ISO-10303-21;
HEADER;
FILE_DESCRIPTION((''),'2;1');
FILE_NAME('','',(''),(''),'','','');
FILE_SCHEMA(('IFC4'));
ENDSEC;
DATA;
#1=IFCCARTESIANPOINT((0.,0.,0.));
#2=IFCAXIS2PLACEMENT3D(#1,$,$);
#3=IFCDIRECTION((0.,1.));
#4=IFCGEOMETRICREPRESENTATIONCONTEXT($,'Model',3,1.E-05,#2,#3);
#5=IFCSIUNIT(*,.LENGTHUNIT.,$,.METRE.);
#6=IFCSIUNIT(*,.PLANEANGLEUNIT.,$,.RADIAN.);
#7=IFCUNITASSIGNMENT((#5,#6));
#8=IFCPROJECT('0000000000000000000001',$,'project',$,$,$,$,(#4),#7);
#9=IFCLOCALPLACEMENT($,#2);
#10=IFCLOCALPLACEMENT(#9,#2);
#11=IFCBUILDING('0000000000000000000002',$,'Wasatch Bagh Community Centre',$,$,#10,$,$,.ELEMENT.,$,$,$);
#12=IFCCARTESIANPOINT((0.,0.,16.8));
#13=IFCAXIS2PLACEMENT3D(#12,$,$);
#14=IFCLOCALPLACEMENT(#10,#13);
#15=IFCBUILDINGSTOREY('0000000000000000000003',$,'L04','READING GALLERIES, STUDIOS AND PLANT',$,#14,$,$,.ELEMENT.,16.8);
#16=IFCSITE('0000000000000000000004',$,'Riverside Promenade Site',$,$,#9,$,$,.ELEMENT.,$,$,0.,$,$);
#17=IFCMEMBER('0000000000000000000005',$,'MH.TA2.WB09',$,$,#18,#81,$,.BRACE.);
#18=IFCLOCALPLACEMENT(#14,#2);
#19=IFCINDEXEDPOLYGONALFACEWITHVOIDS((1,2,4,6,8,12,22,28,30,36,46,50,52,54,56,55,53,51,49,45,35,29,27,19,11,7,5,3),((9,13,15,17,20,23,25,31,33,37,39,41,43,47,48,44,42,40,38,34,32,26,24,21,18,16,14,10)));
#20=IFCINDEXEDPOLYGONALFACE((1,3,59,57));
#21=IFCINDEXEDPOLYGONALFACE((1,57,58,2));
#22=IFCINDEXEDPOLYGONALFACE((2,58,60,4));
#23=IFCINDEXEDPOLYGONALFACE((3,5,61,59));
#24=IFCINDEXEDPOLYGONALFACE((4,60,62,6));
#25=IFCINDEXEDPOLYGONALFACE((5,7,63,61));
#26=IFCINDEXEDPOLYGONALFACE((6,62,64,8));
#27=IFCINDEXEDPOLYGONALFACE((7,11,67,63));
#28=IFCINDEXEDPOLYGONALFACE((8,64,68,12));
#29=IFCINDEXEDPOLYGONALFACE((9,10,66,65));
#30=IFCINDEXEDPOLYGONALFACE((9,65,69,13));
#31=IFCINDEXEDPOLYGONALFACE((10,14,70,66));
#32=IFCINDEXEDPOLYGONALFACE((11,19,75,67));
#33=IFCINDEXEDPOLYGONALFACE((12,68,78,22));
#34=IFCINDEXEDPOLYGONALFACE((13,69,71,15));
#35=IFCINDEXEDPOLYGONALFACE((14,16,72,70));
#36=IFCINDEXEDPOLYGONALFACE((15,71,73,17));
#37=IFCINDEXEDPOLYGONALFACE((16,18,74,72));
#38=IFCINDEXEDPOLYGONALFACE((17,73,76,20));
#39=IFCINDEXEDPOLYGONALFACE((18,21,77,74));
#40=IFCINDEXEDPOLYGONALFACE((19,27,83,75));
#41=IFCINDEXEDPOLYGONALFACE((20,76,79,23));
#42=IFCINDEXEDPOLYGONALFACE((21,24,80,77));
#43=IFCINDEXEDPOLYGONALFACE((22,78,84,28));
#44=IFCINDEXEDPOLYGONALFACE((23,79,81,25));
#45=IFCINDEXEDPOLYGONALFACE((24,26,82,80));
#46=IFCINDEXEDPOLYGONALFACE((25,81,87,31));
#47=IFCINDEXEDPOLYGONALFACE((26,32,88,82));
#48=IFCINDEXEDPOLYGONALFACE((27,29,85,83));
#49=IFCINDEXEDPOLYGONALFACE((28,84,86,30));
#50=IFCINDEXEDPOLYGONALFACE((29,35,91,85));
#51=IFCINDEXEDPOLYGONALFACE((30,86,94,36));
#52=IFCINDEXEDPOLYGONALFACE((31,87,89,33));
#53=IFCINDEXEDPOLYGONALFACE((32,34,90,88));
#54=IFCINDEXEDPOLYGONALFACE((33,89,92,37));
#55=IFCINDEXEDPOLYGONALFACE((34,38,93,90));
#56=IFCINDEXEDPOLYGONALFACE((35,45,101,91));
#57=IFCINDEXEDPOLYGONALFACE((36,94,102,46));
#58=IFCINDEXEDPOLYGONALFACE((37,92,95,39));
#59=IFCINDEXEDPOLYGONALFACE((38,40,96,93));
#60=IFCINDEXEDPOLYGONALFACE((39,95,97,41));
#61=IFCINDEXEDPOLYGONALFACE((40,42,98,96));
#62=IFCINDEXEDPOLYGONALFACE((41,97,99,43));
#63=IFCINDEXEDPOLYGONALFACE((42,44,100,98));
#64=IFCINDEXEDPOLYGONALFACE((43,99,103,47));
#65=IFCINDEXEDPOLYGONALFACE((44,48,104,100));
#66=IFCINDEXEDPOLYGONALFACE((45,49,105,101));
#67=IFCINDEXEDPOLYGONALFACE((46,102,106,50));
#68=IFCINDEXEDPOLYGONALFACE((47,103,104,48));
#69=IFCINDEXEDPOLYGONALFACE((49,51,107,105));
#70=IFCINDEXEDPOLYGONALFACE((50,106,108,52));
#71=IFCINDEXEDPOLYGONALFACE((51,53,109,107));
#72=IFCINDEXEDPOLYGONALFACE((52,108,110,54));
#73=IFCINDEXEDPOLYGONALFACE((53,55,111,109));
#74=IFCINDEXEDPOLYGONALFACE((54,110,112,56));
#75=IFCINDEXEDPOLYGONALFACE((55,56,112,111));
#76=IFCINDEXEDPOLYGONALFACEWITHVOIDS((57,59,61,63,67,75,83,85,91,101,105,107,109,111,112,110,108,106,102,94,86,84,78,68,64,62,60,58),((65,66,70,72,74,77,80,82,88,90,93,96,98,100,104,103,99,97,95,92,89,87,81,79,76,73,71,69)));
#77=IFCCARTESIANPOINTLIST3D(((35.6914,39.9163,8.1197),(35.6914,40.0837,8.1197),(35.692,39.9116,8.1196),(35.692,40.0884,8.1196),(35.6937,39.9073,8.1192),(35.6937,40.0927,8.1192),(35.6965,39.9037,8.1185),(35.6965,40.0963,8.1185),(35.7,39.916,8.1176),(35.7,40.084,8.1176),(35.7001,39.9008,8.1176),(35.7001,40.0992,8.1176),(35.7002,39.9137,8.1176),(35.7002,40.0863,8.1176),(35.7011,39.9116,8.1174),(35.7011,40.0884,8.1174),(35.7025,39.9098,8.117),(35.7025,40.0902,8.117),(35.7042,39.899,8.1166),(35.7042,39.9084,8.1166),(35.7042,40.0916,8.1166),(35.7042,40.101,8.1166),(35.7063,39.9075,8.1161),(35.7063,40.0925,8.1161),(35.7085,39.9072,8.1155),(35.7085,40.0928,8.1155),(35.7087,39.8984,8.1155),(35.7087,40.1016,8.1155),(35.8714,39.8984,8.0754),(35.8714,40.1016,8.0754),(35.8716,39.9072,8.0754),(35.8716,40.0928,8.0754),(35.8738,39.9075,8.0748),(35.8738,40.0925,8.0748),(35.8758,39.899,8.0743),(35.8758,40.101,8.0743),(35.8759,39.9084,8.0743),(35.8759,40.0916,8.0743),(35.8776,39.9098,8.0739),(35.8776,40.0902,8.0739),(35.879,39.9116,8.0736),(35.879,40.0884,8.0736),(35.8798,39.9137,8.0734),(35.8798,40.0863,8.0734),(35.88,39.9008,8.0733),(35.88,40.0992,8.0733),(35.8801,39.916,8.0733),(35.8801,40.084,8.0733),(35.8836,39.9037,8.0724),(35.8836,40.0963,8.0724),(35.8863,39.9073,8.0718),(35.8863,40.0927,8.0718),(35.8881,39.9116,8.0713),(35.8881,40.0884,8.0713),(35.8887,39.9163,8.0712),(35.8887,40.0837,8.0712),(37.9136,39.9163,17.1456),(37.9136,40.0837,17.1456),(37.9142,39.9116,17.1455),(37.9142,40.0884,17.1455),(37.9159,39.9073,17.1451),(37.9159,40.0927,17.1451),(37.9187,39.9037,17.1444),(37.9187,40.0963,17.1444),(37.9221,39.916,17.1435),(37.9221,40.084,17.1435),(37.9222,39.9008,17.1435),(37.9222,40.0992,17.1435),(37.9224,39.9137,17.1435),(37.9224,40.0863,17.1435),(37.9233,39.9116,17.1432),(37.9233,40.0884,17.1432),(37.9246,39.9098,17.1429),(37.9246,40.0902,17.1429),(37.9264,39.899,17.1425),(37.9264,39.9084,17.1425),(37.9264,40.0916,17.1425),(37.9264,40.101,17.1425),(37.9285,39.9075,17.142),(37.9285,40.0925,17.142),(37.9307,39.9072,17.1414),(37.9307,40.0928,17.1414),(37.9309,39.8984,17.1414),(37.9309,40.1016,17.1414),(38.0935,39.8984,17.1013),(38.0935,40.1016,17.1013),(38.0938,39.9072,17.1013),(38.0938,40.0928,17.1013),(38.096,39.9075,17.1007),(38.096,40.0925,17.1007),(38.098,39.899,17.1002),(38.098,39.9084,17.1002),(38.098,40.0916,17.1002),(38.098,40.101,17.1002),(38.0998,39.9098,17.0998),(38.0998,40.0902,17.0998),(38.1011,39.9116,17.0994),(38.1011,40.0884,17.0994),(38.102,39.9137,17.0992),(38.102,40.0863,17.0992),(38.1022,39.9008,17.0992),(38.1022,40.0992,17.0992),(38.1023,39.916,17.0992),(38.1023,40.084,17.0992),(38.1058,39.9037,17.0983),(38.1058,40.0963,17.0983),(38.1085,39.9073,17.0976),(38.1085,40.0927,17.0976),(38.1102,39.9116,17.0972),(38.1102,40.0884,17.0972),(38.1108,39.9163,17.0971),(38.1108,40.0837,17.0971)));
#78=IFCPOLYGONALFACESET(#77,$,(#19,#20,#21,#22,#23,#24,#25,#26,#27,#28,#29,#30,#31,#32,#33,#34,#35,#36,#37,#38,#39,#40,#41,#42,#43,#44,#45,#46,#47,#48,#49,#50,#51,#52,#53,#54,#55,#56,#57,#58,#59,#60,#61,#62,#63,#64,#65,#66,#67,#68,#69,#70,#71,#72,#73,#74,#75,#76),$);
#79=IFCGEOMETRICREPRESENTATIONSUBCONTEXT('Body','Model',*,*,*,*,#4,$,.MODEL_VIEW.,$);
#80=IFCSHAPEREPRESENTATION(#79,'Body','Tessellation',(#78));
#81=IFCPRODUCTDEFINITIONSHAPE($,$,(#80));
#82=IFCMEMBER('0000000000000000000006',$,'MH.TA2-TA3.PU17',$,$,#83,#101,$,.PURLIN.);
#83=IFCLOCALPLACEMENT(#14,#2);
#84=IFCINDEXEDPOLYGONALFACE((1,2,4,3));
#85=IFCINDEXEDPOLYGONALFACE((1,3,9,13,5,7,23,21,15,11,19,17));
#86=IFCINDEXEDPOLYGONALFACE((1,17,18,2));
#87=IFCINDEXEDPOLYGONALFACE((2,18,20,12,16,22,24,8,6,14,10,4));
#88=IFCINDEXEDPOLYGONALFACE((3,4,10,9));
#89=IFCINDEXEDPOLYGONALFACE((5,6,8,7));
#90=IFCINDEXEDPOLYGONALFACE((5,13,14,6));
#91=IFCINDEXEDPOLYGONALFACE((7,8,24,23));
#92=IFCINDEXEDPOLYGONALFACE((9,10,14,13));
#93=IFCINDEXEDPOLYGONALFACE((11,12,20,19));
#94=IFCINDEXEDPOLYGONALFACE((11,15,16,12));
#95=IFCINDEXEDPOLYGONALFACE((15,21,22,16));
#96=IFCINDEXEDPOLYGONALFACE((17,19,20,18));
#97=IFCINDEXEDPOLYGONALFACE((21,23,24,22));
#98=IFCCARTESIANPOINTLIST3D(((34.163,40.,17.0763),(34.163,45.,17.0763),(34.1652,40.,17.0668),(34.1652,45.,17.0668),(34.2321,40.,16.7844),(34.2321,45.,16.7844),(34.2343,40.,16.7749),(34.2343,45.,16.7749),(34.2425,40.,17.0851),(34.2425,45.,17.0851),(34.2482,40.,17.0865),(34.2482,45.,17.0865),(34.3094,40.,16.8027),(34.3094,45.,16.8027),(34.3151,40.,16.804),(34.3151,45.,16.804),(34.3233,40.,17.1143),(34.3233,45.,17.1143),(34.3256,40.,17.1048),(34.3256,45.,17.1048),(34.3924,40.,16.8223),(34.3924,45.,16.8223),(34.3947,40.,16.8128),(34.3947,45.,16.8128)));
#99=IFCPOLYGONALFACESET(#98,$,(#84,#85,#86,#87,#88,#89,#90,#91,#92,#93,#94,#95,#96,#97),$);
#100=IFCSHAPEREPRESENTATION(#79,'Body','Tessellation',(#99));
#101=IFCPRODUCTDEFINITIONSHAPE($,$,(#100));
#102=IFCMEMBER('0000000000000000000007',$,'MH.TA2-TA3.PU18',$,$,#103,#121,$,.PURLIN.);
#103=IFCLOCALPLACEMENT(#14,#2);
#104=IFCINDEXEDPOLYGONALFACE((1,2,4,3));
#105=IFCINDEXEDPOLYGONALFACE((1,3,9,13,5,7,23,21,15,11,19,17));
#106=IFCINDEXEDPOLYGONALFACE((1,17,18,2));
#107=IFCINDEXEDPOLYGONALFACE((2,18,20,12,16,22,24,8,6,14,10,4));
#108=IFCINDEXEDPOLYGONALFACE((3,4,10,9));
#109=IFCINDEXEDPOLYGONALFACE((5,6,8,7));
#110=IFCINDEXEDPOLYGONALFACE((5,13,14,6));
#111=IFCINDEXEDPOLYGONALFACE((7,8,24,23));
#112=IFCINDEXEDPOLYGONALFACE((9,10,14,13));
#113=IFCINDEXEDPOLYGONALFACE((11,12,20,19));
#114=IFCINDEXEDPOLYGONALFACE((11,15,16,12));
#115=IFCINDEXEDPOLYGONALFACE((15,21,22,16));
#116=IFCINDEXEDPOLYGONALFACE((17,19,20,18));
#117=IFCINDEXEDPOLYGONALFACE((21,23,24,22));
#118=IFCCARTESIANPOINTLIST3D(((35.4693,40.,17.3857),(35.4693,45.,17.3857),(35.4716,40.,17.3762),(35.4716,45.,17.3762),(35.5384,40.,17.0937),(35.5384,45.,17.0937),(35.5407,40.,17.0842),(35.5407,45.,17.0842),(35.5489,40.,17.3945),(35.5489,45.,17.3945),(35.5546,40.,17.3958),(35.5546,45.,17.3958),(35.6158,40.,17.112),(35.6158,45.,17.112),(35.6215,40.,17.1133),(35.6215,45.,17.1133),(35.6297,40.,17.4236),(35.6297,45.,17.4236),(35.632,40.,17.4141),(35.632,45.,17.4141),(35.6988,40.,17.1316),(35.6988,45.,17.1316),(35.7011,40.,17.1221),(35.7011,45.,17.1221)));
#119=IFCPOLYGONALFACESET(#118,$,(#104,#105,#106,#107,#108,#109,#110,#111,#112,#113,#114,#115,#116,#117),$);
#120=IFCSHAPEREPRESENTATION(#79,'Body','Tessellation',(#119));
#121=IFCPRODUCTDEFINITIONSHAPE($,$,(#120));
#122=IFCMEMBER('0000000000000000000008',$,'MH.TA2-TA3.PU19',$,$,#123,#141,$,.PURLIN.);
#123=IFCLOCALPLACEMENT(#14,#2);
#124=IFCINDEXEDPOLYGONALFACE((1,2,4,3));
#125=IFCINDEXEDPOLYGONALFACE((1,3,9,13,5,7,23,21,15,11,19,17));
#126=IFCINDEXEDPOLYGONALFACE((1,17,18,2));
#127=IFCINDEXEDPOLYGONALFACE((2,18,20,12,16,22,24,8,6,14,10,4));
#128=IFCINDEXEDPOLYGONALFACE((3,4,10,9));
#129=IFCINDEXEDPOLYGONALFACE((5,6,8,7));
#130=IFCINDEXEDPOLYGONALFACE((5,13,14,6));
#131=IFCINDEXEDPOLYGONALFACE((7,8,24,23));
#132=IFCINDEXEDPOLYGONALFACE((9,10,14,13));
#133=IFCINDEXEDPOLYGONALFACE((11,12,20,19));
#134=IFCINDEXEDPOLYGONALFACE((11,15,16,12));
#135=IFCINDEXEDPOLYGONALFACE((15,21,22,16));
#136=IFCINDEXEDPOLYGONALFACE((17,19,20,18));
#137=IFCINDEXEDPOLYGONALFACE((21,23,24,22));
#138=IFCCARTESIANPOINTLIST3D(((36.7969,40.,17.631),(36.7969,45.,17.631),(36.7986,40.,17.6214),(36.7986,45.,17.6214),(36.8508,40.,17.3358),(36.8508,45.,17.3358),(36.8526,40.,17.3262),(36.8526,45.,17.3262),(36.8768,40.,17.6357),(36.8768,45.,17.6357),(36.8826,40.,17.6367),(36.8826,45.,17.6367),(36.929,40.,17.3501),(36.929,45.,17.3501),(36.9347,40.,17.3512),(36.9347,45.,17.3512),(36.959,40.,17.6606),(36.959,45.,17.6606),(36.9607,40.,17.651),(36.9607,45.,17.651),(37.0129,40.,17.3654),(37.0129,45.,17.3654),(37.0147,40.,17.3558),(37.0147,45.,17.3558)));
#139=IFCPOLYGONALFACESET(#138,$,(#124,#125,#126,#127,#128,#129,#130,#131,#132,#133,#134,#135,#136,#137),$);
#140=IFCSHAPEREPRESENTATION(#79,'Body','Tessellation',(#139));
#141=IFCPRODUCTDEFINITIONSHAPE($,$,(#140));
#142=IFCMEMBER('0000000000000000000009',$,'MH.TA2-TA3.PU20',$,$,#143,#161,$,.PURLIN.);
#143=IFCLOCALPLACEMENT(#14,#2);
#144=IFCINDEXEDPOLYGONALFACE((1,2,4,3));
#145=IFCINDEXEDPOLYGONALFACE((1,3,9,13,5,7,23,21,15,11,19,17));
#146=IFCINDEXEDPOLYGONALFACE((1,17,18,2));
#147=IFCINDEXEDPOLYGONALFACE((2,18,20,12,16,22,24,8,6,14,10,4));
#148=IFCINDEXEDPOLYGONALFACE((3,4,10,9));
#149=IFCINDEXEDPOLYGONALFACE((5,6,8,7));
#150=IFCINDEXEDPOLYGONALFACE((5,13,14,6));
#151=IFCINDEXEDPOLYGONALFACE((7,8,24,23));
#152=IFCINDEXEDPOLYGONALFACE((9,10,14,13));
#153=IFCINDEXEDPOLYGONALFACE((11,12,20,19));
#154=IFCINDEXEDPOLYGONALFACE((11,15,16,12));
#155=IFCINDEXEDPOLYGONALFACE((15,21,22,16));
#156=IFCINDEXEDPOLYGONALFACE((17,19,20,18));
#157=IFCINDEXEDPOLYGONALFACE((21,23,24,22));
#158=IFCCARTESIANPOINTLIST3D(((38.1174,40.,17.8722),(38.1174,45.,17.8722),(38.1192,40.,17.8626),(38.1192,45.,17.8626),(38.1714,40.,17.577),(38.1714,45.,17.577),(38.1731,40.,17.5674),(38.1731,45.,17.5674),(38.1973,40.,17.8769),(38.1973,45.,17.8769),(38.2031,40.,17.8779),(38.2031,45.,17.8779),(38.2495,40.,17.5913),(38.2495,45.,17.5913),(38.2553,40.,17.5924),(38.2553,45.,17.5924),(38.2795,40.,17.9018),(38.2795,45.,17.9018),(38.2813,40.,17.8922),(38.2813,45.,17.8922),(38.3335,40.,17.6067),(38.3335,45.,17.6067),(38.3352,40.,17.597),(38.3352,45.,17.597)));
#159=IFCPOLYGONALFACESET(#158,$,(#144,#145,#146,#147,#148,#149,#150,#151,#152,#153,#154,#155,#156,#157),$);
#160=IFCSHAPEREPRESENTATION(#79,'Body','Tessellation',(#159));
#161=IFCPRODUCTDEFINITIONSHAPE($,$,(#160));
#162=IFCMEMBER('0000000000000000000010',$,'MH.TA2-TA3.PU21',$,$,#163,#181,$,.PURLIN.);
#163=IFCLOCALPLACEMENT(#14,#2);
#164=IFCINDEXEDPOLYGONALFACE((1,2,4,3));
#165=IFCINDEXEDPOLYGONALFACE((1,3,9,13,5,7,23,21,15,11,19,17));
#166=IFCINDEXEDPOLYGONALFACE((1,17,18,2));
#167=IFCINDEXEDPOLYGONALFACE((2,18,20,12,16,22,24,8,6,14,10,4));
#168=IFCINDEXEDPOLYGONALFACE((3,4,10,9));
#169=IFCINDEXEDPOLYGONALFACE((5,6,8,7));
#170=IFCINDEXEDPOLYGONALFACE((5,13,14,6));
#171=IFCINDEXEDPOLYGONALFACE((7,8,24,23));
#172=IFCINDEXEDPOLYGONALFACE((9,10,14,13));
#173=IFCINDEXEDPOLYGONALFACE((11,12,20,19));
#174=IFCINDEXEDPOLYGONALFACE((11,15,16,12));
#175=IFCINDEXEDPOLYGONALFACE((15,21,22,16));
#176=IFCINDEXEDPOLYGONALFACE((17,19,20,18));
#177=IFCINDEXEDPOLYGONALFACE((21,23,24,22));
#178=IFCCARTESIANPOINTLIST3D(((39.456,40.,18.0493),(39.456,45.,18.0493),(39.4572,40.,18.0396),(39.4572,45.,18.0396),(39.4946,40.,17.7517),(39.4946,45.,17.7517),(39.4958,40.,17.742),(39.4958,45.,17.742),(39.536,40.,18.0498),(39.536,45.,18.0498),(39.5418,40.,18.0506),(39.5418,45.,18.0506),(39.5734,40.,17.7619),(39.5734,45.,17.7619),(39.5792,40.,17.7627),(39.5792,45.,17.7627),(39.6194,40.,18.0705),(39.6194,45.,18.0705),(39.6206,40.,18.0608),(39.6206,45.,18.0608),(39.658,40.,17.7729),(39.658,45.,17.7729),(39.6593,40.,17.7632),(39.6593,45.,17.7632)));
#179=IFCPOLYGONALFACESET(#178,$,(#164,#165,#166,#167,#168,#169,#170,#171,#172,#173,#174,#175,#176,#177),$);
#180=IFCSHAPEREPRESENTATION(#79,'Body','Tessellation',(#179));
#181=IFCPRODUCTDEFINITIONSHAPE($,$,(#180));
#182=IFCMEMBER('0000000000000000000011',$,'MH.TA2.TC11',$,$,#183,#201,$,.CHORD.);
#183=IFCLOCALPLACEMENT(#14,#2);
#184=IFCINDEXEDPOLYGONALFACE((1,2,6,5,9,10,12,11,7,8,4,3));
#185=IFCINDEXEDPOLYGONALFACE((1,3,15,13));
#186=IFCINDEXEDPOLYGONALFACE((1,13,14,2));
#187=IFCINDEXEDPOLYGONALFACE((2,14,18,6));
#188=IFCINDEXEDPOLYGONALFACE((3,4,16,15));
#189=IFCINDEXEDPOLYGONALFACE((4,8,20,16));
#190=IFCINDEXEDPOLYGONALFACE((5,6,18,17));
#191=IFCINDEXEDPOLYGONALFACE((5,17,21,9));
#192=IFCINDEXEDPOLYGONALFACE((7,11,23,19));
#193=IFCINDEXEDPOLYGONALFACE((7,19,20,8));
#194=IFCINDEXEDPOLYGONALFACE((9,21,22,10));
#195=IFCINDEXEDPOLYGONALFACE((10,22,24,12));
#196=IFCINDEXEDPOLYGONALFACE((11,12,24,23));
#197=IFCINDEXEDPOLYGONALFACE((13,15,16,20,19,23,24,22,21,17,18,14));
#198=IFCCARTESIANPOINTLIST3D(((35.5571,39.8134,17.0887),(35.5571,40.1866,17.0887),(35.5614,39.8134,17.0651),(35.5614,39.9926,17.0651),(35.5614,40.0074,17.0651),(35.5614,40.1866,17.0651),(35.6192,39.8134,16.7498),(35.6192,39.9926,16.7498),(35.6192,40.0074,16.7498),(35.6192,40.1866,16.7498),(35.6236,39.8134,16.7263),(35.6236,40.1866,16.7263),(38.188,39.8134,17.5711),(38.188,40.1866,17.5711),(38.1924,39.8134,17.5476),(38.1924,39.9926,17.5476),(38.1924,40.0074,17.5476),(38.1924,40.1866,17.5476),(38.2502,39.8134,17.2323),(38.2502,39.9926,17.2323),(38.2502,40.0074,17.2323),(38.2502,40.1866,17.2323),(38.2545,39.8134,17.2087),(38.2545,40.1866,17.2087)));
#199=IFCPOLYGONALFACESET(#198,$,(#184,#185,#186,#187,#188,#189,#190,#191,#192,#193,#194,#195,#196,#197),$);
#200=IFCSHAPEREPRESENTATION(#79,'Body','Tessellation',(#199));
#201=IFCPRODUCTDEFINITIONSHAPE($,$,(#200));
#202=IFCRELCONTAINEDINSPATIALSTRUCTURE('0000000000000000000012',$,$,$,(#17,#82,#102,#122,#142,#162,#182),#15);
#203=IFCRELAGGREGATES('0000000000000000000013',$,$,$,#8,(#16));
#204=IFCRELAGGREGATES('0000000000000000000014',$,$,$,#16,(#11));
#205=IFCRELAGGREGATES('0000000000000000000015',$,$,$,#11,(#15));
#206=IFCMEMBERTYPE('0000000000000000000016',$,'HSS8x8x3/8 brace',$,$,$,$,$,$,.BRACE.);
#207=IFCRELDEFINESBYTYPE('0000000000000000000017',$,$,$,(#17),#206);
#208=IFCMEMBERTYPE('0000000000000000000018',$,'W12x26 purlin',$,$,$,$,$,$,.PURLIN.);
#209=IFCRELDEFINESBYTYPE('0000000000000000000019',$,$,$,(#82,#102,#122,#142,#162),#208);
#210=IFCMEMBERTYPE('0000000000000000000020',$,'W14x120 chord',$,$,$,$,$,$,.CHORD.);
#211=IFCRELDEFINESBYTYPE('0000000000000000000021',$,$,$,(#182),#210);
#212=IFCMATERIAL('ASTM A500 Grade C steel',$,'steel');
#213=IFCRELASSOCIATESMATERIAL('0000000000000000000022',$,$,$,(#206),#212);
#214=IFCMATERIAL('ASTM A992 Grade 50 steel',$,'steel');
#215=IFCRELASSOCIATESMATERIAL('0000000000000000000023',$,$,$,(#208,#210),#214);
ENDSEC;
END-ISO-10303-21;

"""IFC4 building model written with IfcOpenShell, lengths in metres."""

from ifc_helpers import new_model, si_unit, direction, frame, origin, origin_2d, place, context, subcontext, project, spatial, hollow_rectangle, i_section, extrude, material, material_profile, profile_set, type_object, element, save


model = new_model("IFC4")

# Units and contexts
model_context = context("Model", 3, precision=1e-05, world=origin(), true_north=direction((0.0, 1.0)))
body_context = subcontext(model_context, "Body", "Model", "MODEL_VIEW")
ifc_project = project(units=[si_unit("LENGTHUNIT", "METRE"), si_unit("PLANEANGLEUNIT", "RADIAN")], contexts=[model_context])

# Site, building, storey
site_placement = place(None, origin())
site = spatial("IfcSite", under=ifc_project, at=site_placement, Name="Riverside Promenade Site", CompositionType="ELEMENT", RefElevation=0.0)
building_placement = place(site_placement, origin())
building = spatial("IfcBuilding", under=site, at=building_placement, Name="Wasatch Bagh Community Centre", CompositionType="ELEMENT")
storey_placement = place(building_placement, frame((0.0, 0.0, 16.8)))
storey = spatial("IfcBuildingStorey", under=building, at=storey_placement, Name="L04", Description="READING GALLERIES, STUDIOS AND PLANT", CompositionType="ELEMENT", Elevation=16.8)

# Members
ifc_material_1 = material(Name="ASTM A500 Grade C steel", Category="steel")
ifc_material_profile_1 = material_profile(ifc_material_1, hollow_rectangle(XDim=0.2031, YDim=0.2031, WallThickness=0.0088, InnerFilletRadius=0.0088, OuterFilletRadius=0.0178, at=origin_2d()), Name="HSS8x8x3/8")
ifc_profile_set_1 = profile_set([ifc_material_profile_1], Name="ASTM A500 Grade C steel")
member_type_1 = type_object("IfcMemberType", Name="HSS8x8x3/8 brace", PredefinedType="BRACE", material=ifc_profile_set_1)
member_1_placement = place(storey_placement, frame((35.79, 40.0, 8.0955), z_axis=(0.239061, 0.0, 0.971005), x_axis=(0.0, 1.0, 0.0)))
element("IfcMember", 1, at=member_1_placement, inside=storey, type_object=member_type_1, Name="MH.TA2.WB09", PredefinedType="BRACE", context=body_context, shape_type="SweptSolid", body=[
    extrude(hollow_rectangle(XDim=0.2031, YDim=0.2031, WallThickness=0.0088, InnerFilletRadius=0.0088, OuterFilletRadius=0.0178, at=origin_2d()), origin(), (0.0, 0.0, 1.0), 9.2954),
])
ifc_material_2 = material(Name="ASTM A992 Grade 50 steel", Category="steel")
ifc_material_profile_2 = material_profile(ifc_material_2, i_section(OverallWidth=0.1648, OverallDepth=0.3098, WebThickness=0.0059, FlangeThickness=0.0098, at=origin_2d()), Name="W12x26")
ifc_profile_set_2 = profile_set([ifc_material_profile_2], Name="ASTM A992 Grade 50 steel")
member_type_2 = type_object("IfcMemberType", Name="W12x26 purlin", PredefinedType="PURLIN", material=ifc_profile_set_2)
for number, where, z_axis, x_axis, name in (
    (2, (34.2788, 40.0, 16.9446), (0.0, 1.0, 0.0), (-0.973122, 0.0, -0.230292), "MH.TA2-TA3.PU17"),
    (3, (35.5852, 40.0, 17.2539), (0.0, 1.0, 0.0), (-0.973122, 0.0, -0.230292), "MH.TA2-TA3.PU18"),
    (4, (36.9058, 40.0, 17.4934), (0.0, 1.0, 0.0), (-0.983711, 0.0, -0.179756), "MH.TA2-TA3.PU19"),
    (5, (38.2263, 40.0, 17.7346), (0.0, 1.0, 0.0), (-0.983711, 0.0, -0.179756), "MH.TA2-TA3.PU20"),
    (6, (39.5576, 40.0, 17.9062), (0.0, 1.0, 0.0), (-0.991678, 0.0, -0.12874), "MH.TA2-TA3.PU21"),
):
    element("IfcMember", number, at=place(storey_placement, frame(where, z_axis=z_axis, x_axis=x_axis)), inside=storey, type_object=member_type_2, Name=name, PredefinedType="PURLIN", context=body_context, shape_type="SweptSolid", body=[
        extrude(i_section(OverallWidth=0.1648, OverallDepth=0.3098, WebThickness=0.0059, FlangeThickness=0.0098, at=origin_2d()), origin(), (0.0, 0.0, 1.0), 5.0),
    ])
ifc_material_profile_3 = material_profile(ifc_material_2, i_section(OverallWidth=0.3733, OverallDepth=0.3684, WebThickness=0.0149, FlangeThickness=0.0239, at=origin_2d()), Name="W14x120")
ifc_profile_set_3 = profile_set([ifc_material_profile_3], Name="ASTM A992 Grade 50 steel")
member_type_3 = type_object("IfcMemberType", Name="W14x120 chord", PredefinedType="CHORD", material=ifc_profile_set_3)
member_2_placement = place(storey_placement, frame((35.5903, 40.0, 16.9075), z_axis=(0.9836, 0.0, 0.180363), x_axis=(0.0, 1.0, 0.0)))
element("IfcMember", 7, at=member_2_placement, inside=storey, type_object=member_type_3, Name="MH.TA2.TC11", PredefinedType="CHORD", context=body_context, shape_type="SweptSolid", body=[
    extrude(i_section(OverallWidth=0.3733, OverallDepth=0.3684, WebThickness=0.0149, FlangeThickness=0.0239, at=origin_2d()), origin(), (0.0, 0.0, 1.0), 2.6748),
])

save(model, "model.ifc")
